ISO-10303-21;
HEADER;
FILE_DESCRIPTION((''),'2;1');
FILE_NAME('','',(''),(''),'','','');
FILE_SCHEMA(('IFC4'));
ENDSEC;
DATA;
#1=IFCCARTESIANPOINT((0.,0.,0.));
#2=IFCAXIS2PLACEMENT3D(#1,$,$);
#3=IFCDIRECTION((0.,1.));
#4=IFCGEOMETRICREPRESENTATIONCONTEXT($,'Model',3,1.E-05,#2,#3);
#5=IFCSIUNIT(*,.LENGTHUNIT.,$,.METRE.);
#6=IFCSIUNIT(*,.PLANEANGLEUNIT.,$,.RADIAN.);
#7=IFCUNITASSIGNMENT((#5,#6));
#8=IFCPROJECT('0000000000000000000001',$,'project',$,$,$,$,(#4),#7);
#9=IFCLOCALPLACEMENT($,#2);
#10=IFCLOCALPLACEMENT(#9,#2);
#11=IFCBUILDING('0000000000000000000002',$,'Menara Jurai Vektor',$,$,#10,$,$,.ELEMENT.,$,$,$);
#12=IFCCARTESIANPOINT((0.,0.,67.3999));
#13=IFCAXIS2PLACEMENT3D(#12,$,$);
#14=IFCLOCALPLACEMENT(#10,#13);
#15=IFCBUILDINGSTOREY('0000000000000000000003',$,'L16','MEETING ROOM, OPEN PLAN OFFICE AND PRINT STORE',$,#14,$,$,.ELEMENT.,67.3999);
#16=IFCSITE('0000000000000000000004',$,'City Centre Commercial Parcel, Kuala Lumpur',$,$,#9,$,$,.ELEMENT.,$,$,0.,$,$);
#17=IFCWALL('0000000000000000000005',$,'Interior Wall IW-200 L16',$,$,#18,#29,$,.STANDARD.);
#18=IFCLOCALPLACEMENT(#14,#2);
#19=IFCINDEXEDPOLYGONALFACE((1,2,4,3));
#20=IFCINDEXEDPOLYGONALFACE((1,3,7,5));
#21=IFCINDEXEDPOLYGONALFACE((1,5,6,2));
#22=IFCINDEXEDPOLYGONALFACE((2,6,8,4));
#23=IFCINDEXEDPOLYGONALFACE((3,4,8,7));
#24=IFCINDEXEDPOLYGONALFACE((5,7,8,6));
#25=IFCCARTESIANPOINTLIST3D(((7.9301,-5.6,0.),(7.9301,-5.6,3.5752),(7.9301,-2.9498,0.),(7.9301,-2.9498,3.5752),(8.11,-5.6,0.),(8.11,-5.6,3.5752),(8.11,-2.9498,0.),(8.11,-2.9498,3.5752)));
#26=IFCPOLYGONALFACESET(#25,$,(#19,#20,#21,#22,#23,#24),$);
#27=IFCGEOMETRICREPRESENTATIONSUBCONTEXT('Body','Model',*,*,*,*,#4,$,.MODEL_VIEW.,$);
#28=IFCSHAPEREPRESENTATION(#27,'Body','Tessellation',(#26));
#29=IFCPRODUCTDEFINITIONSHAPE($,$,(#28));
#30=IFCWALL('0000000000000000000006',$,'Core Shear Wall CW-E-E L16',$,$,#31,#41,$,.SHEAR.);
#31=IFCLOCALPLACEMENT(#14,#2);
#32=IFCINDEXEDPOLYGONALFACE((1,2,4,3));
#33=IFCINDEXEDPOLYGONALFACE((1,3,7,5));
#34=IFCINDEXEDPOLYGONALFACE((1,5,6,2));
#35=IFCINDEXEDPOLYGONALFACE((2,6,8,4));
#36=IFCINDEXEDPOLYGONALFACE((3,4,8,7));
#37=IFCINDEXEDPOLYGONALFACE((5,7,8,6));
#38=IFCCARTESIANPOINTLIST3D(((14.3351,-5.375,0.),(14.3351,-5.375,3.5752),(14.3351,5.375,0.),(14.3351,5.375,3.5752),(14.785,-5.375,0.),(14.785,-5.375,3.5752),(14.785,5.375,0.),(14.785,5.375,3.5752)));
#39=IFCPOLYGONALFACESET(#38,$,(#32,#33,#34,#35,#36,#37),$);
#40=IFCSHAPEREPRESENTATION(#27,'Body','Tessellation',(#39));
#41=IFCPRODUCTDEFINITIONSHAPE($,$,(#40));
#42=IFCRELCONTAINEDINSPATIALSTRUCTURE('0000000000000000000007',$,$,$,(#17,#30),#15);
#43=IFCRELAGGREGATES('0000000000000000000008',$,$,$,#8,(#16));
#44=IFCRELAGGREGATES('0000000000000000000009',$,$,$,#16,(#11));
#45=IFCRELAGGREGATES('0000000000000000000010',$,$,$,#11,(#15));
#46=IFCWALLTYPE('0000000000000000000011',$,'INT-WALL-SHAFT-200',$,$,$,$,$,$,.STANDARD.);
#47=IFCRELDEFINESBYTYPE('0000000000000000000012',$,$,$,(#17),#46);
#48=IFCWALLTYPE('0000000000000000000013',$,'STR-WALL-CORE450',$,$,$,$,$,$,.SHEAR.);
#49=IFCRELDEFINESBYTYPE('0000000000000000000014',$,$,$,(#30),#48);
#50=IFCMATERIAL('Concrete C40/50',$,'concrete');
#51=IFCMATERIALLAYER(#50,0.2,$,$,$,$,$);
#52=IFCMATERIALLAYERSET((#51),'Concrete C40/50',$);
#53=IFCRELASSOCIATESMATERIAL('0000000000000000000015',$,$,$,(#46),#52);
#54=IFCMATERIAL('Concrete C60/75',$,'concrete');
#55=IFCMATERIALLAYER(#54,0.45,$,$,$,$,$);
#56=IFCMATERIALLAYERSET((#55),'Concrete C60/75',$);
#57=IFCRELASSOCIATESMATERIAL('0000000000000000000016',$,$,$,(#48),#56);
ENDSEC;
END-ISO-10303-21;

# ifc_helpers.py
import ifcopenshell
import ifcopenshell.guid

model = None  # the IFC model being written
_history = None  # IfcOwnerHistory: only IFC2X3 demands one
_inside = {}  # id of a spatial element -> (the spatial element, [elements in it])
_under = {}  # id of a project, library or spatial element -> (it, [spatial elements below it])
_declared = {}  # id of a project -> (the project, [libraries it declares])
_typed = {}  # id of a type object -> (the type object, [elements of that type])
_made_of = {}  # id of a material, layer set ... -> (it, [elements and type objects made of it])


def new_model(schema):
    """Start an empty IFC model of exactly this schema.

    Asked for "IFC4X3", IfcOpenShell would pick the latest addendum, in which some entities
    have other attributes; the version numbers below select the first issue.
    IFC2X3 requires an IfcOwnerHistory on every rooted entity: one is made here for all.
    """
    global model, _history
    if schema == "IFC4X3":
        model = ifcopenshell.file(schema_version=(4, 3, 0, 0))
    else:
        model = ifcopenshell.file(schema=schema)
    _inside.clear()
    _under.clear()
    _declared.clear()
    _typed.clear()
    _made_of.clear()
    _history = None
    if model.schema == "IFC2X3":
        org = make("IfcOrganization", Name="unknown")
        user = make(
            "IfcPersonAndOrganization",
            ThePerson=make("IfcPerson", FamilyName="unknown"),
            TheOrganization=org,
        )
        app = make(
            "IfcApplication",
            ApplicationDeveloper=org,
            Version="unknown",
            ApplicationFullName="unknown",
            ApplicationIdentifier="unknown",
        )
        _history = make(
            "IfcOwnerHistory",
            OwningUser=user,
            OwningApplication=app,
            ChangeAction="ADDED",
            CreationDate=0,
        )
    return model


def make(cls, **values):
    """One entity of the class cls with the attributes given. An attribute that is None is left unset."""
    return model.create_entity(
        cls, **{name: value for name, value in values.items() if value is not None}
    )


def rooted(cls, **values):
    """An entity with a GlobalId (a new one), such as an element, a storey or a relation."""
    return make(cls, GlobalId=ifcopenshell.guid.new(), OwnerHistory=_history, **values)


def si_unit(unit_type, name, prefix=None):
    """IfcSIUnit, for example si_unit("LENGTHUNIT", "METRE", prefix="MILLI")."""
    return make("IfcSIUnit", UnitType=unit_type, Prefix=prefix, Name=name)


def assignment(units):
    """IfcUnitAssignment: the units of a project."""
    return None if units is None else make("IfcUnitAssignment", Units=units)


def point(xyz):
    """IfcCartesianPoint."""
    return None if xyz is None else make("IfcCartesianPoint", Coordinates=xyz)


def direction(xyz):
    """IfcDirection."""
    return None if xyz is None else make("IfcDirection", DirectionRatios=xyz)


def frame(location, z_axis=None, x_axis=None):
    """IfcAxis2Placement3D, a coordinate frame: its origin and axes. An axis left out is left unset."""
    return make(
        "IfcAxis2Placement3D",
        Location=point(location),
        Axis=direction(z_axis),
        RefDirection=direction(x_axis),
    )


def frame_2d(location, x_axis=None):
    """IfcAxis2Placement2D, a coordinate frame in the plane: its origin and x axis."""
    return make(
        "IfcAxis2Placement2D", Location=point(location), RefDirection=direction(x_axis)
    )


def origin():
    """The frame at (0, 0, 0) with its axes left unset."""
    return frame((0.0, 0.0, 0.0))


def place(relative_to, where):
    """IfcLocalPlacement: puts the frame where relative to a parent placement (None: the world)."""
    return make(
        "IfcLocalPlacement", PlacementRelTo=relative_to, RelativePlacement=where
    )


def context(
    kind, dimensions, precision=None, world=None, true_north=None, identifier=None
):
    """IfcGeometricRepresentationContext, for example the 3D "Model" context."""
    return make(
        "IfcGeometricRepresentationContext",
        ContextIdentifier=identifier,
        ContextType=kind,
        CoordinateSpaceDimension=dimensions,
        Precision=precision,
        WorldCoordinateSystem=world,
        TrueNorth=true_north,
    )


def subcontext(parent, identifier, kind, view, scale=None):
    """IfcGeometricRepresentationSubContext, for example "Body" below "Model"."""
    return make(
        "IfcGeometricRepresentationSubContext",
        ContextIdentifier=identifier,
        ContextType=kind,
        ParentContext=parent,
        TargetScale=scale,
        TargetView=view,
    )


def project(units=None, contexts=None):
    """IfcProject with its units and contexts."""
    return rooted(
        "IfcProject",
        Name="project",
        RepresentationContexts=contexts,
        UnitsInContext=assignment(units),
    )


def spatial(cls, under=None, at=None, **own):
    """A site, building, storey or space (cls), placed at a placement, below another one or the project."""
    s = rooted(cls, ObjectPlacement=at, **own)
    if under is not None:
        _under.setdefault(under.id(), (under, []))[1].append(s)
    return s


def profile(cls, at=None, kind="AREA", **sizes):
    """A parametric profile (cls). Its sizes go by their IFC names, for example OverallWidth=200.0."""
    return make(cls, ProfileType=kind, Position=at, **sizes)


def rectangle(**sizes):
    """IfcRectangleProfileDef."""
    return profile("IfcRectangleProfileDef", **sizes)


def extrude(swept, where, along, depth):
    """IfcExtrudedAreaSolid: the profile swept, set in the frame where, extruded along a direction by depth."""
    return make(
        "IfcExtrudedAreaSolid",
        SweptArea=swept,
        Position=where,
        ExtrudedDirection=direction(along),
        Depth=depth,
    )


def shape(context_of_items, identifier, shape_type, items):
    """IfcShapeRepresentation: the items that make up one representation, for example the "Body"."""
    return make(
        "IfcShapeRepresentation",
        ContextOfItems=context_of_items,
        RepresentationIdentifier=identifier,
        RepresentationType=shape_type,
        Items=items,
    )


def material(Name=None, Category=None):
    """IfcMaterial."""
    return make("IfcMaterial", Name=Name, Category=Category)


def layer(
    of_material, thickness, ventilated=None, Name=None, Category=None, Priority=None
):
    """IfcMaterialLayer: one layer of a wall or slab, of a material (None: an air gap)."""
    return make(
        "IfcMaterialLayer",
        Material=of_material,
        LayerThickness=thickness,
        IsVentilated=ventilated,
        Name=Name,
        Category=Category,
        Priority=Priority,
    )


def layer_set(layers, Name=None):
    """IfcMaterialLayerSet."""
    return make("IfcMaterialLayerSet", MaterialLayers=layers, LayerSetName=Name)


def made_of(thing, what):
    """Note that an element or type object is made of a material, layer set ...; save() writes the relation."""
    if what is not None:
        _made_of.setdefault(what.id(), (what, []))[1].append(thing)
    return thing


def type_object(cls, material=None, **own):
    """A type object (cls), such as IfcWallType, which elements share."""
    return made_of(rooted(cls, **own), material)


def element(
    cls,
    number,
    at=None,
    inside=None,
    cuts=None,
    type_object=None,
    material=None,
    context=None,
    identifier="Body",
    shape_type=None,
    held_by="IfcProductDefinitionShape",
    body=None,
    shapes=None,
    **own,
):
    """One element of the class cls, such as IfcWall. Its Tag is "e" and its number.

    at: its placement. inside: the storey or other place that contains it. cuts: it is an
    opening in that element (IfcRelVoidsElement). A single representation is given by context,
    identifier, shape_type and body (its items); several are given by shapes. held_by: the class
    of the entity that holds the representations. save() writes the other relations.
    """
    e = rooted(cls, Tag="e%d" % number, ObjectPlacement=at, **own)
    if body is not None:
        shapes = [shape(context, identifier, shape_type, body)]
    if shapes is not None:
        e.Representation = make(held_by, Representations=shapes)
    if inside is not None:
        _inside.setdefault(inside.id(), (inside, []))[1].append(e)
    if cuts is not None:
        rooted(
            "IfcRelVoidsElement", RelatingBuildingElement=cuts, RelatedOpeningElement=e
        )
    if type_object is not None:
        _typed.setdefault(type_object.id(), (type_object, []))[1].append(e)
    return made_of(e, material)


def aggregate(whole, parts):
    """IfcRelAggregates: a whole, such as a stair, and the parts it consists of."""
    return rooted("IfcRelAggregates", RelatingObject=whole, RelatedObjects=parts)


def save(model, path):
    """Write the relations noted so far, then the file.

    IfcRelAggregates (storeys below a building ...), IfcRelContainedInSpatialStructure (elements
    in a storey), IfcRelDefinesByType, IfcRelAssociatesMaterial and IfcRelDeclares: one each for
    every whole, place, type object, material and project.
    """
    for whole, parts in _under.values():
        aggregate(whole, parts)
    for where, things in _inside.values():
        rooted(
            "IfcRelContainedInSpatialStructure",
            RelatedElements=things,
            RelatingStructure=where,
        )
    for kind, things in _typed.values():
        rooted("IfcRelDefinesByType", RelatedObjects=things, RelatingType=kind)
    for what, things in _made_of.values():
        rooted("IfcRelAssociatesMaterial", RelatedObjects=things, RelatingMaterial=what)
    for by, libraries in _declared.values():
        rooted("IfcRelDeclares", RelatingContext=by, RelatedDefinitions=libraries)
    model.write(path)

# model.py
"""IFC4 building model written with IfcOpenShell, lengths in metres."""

from ifc_helpers import new_model, si_unit, direction, frame, frame_2d, origin, place, context, subcontext, project, spatial, rectangle, extrude, material, layer, layer_set, type_object, element, save


model = new_model("IFC4")

# Units and contexts
model_context = context("Model", 3, precision=1e-05, world=origin(), true_north=direction((0.0, 1.0)))
body_context = subcontext(model_context, "Body", "Model", "MODEL_VIEW")
ifc_project = project(units=[si_unit("LENGTHUNIT", "METRE"), si_unit("PLANEANGLEUNIT", "RADIAN")], contexts=[model_context])

# Site, building, storey
site_placement = place(None, origin())
site = spatial("IfcSite", under=ifc_project, at=site_placement, Name="City Centre Commercial Parcel, Kuala Lumpur", CompositionType="ELEMENT", RefElevation=0.0)
building_placement = place(site_placement, origin())
building = spatial("IfcBuilding", under=site, at=building_placement, Name="Menara Jurai Vektor", CompositionType="ELEMENT")
storey_placement = place(building_placement, frame((0.0, 0.0, 67.3999)))
storey = spatial("IfcBuildingStorey", under=building, at=storey_placement, Name="L16", Description="MEETING ROOM, OPEN PLAN OFFICE AND PRINT STORE", CompositionType="ELEMENT", Elevation=67.3999)

# Shared definitions
ifc_material_1 = material(Name="Concrete C60/75", Category="concrete")

# Shared definitions
ifc_material_2 = material(Name="Concrete C40/50", Category="concrete")

# Shared definitions
ifc_layer_1 = layer(ifc_material_2, 0.2)
ifc_layer_set_1 = layer_set([ifc_layer_1], Name="Concrete C40/50")
wall_type_1 = type_object("IfcWallType", Name="INT-WALL-SHAFT-200", PredefinedType="STANDARD", material=ifc_layer_set_1)

# Walls
for number, where, z_axis, x_axis, name in (
    (1, (8.02, -5.6001, 0.0), (0.0, 0.0, 1.0), (0.0, 1.0, 0.0), "Interior Wall IW-200 L16"),
):
    element("IfcWall", number, at=place(storey_placement, frame(where, z_axis=z_axis, x_axis=x_axis)), inside=storey, type_object=wall_type_1, Name=name, PredefinedType="STANDARD", context=body_context, shape_type="SweptSolid", body=[
        extrude(rectangle(XDim=2.6501, YDim=0.1799, at=frame_2d((1.3252, 0.0))), origin(), (0.0, 0.0, 1.0), 3.5752),
    ])
ifc_layer_2 = layer(ifc_material_1, 0.45)
ifc_layer_set_2 = layer_set([ifc_layer_2], Name="Concrete C60/75")
wall_type_2 = type_object("IfcWallType", Name="STR-WALL-CORE450", PredefinedType="SHEAR", material=ifc_layer_set_2)
wall_1_placement = place(storey_placement, frame((14.5601, -5.375, 0.0), z_axis=(0.0, 0.0, 1.0), x_axis=(0.0, 1.0, 0.0)))
element("IfcWall", 2, at=wall_1_placement, inside=storey, type_object=wall_type_2, Name="Core Shear Wall CW-E-E L16", PredefinedType="SHEAR", context=body_context, shape_type="SweptSolid", body=[
    extrude(rectangle(XDim=10.75, YDim=0.45, at=frame_2d((5.375, 0.0))), origin(), (0.0, 0.0, 1.0), 3.5752),
])

save(model, "model.ifc")
